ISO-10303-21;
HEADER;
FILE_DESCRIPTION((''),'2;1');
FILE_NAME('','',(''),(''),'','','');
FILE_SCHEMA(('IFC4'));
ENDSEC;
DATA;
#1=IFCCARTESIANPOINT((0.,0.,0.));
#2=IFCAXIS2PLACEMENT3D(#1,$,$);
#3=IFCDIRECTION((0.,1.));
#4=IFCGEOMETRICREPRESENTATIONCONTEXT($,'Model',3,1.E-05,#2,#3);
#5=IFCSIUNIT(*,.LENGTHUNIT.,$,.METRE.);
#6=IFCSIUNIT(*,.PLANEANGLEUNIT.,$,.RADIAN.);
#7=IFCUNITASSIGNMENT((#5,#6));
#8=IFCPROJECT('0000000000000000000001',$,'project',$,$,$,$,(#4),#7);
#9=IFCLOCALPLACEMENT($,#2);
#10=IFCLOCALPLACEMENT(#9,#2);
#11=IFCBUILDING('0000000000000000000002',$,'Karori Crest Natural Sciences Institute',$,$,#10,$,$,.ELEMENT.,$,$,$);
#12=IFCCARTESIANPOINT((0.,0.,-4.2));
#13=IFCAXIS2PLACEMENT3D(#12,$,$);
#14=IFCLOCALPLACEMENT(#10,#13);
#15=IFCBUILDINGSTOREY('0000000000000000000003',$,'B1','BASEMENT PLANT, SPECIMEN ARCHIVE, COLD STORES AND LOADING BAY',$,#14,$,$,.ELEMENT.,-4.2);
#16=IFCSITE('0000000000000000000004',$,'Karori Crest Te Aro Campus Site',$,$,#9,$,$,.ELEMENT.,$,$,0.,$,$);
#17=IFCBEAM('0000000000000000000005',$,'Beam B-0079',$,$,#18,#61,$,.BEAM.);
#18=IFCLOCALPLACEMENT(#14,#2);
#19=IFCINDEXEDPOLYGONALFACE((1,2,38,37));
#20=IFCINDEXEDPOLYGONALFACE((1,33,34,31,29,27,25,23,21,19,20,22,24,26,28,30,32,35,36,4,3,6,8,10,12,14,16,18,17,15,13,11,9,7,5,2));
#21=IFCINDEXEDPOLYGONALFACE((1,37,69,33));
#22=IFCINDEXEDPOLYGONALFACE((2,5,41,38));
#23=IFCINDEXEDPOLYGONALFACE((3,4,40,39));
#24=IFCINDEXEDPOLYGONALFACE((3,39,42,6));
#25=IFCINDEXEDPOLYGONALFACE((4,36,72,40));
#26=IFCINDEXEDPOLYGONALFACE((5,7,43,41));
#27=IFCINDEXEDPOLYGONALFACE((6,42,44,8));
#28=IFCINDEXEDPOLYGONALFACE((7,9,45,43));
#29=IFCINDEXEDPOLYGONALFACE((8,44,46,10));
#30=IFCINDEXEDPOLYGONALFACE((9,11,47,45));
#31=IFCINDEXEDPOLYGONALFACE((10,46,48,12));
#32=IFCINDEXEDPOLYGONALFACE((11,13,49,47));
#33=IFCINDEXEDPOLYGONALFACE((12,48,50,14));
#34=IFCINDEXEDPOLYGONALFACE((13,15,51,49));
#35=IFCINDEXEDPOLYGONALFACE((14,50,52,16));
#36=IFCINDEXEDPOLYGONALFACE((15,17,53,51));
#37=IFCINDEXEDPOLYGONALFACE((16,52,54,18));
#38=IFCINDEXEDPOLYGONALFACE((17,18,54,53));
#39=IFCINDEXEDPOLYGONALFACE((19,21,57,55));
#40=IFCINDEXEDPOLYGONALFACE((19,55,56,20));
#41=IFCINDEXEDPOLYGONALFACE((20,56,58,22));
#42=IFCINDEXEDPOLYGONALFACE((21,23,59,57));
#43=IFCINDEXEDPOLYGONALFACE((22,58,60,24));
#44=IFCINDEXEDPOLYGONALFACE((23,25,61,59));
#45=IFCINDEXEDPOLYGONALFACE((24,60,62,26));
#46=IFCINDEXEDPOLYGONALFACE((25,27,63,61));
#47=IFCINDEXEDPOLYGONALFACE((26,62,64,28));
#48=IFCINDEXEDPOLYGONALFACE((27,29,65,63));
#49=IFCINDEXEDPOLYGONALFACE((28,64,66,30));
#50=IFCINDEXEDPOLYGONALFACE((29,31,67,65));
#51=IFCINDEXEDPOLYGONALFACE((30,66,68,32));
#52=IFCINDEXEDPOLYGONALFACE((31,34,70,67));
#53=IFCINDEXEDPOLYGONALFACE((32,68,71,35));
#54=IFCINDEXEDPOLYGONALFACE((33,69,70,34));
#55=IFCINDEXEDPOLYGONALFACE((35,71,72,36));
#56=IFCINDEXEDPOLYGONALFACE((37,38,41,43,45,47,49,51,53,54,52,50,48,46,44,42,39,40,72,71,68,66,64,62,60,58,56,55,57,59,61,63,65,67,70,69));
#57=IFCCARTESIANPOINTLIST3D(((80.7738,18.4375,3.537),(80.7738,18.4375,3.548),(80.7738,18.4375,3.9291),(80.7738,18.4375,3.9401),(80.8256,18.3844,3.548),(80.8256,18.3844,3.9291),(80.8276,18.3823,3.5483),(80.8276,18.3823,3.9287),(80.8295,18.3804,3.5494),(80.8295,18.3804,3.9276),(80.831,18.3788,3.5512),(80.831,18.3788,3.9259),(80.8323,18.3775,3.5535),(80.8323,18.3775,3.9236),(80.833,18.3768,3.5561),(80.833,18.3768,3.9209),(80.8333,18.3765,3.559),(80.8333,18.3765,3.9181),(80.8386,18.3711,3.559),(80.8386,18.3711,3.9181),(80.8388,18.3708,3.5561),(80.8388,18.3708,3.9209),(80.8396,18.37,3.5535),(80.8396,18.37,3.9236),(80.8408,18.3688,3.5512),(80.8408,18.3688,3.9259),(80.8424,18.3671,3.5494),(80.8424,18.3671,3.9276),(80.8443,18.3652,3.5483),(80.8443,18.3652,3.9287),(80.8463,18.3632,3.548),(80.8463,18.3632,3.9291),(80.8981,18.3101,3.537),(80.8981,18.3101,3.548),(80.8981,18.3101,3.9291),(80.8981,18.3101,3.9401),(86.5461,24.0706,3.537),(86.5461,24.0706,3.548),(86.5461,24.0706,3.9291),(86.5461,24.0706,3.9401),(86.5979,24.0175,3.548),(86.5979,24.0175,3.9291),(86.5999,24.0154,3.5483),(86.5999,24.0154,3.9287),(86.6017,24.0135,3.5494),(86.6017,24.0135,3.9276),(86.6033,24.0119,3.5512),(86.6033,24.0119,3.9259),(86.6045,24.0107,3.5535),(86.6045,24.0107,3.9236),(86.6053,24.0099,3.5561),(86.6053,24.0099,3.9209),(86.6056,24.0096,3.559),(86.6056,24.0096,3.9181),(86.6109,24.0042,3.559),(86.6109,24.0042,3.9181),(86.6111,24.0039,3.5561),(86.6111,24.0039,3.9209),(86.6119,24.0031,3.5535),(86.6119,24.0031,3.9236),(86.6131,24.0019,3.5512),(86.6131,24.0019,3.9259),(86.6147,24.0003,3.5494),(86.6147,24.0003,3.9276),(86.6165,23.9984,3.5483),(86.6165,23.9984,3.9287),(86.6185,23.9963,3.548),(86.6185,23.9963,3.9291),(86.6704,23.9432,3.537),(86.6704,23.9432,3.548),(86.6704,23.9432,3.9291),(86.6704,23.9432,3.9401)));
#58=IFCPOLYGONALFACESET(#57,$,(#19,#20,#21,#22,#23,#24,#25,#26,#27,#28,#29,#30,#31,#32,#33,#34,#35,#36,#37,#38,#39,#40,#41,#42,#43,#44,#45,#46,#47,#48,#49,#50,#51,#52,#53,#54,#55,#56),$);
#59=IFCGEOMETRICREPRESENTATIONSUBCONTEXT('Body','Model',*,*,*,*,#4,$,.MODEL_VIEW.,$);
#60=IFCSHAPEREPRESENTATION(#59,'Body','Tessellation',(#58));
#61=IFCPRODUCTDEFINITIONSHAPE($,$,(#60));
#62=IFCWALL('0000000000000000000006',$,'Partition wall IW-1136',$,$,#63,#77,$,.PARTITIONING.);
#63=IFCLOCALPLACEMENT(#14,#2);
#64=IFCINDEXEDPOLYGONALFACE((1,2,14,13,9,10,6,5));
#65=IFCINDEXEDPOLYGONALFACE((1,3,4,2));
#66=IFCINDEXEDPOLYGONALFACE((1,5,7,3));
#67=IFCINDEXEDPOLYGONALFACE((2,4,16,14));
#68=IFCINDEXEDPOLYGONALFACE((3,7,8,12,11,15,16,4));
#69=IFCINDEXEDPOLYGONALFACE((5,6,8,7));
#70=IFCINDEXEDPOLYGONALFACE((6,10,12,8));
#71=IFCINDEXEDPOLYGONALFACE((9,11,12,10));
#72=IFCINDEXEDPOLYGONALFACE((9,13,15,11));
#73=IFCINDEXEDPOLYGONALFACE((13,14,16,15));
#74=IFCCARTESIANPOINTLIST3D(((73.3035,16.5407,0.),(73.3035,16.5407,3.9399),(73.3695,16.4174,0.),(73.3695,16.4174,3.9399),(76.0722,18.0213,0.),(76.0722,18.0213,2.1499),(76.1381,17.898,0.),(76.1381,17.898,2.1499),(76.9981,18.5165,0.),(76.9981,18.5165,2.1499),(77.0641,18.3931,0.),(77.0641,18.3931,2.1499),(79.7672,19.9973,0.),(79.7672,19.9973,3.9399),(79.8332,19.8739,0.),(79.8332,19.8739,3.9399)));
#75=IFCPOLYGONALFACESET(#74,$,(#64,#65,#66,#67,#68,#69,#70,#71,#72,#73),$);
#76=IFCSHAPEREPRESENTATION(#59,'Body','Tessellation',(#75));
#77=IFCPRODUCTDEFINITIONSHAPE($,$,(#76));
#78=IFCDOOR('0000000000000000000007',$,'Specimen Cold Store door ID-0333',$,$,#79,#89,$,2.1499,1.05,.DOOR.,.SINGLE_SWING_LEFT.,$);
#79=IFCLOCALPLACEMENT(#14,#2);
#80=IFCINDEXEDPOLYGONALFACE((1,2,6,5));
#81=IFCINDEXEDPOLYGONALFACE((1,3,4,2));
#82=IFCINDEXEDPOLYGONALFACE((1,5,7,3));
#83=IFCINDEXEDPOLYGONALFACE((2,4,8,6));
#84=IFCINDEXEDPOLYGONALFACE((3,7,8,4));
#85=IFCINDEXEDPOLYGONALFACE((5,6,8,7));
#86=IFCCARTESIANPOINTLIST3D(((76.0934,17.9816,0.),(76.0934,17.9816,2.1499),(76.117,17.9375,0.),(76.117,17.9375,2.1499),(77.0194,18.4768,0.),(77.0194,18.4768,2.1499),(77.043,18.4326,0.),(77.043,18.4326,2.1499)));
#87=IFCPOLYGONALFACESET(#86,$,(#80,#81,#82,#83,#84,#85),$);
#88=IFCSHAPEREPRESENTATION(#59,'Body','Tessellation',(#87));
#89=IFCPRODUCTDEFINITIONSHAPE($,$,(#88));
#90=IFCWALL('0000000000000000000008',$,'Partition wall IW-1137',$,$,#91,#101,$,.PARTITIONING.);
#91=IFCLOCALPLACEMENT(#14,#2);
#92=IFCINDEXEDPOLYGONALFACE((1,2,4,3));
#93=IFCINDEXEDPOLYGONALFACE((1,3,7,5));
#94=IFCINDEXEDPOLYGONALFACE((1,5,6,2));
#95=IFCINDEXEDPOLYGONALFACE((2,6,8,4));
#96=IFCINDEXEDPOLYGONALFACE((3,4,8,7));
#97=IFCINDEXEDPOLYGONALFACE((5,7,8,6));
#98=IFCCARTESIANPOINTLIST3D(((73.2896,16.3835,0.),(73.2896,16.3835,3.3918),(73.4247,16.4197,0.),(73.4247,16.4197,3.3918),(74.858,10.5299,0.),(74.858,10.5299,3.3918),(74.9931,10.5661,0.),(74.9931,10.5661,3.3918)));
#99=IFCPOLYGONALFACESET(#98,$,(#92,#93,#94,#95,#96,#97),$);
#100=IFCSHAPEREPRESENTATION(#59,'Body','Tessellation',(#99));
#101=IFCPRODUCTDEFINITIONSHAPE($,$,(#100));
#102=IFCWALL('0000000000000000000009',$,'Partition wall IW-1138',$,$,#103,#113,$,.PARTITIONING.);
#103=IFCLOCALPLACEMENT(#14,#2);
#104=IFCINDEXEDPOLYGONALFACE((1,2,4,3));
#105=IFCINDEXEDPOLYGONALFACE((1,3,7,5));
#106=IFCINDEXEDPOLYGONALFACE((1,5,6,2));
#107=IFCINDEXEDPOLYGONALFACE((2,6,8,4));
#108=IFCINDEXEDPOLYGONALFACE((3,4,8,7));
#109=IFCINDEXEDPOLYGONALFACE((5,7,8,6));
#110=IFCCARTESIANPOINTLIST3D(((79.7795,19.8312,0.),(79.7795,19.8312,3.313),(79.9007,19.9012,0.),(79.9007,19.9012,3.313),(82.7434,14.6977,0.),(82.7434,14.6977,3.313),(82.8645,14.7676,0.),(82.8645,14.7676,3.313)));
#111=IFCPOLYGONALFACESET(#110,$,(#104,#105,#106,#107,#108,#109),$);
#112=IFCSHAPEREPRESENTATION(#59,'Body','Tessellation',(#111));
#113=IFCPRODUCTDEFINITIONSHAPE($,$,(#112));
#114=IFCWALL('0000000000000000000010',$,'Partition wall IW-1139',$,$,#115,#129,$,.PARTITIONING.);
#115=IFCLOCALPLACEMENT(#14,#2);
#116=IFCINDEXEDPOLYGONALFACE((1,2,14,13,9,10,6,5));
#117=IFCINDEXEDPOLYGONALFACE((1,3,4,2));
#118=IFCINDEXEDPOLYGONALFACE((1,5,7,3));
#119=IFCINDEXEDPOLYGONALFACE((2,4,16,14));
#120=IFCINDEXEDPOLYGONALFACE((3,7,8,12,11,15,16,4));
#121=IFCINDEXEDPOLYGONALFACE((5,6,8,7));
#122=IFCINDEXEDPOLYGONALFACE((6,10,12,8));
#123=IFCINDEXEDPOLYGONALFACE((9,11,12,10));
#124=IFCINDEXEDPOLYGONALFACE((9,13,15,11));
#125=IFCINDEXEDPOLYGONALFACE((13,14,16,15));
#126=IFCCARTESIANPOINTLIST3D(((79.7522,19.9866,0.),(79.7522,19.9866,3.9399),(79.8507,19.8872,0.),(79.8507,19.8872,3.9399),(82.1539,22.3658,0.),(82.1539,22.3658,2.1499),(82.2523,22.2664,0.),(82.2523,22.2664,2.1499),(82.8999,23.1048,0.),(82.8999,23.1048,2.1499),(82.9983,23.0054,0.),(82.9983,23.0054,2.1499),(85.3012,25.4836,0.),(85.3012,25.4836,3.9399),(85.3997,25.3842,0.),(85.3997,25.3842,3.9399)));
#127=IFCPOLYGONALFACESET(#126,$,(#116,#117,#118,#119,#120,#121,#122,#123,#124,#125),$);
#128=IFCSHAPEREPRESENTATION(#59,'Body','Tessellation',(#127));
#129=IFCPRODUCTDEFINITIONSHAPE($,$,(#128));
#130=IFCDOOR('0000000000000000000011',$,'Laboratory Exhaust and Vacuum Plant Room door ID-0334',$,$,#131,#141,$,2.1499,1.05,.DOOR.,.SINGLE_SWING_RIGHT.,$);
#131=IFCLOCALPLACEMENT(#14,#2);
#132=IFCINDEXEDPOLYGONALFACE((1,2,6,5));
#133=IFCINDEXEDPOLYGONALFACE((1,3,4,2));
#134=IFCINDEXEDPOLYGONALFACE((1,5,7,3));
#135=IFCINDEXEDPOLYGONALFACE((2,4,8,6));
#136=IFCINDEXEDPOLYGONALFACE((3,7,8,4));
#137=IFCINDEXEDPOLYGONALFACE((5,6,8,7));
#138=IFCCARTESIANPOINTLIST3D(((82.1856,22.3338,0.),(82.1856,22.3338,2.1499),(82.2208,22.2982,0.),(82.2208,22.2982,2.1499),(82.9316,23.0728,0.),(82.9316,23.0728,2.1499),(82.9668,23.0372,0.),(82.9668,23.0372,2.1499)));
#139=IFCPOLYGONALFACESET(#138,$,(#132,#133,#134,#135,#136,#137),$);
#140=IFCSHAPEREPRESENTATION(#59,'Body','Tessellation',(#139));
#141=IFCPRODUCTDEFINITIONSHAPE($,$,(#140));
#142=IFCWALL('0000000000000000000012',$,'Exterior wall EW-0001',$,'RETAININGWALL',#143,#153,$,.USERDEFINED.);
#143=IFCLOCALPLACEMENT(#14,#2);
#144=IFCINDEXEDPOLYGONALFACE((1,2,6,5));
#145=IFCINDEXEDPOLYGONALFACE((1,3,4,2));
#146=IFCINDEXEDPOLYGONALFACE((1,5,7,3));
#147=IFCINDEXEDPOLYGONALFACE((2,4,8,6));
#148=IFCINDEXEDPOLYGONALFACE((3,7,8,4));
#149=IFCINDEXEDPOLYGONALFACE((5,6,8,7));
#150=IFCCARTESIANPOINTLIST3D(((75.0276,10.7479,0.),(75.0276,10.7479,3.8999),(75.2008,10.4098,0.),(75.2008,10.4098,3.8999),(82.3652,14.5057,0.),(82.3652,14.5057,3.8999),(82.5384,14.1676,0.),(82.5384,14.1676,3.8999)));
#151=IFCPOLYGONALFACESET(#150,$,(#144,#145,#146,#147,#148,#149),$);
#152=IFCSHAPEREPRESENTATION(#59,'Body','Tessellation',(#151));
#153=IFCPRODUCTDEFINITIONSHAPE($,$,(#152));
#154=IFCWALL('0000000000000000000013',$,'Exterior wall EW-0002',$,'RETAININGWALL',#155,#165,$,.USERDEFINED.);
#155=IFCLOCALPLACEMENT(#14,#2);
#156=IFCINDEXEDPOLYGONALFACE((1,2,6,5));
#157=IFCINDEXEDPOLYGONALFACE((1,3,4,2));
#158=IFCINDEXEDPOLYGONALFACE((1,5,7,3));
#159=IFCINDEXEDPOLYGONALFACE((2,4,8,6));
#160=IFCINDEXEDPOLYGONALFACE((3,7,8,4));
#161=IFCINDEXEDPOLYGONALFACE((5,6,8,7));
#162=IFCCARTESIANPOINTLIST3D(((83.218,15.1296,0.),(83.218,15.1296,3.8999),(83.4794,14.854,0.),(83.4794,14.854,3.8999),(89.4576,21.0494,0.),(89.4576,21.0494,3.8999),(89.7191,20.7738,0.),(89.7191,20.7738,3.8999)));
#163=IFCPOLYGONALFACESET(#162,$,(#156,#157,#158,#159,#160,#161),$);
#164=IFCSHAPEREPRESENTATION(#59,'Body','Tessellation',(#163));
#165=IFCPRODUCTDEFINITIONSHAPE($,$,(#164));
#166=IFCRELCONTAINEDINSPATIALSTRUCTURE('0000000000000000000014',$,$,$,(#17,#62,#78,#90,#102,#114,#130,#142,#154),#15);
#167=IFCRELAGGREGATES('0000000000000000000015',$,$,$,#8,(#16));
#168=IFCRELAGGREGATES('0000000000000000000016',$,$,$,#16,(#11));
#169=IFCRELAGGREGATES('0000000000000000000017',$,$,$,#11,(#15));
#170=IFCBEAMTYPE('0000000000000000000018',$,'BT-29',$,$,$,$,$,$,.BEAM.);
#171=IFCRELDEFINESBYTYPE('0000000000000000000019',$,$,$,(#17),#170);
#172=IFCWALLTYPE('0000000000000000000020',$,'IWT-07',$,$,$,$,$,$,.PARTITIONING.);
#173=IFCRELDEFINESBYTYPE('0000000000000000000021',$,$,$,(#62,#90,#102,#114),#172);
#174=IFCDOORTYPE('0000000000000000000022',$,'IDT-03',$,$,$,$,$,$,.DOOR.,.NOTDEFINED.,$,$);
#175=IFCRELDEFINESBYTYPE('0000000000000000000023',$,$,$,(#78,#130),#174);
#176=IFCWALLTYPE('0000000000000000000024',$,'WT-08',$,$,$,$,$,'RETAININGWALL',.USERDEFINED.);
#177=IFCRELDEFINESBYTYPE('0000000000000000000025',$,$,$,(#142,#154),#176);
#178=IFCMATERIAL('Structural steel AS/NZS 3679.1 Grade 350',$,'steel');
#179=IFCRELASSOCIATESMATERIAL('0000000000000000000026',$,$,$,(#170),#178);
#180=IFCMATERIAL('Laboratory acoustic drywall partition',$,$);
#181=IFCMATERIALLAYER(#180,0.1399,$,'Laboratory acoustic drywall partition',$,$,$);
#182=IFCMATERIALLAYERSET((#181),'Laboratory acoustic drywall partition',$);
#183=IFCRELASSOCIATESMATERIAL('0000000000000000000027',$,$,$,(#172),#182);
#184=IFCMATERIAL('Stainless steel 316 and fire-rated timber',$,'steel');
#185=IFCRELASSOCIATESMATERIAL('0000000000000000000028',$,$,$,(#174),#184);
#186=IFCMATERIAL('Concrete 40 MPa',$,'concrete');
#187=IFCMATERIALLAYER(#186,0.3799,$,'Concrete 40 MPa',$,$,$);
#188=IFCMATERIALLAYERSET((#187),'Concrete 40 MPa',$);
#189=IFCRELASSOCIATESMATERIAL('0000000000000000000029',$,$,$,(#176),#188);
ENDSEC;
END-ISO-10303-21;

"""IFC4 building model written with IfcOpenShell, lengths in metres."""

from ifc_helpers import new_model, si_unit, direction, frame, frame_2d, origin, origin_2d, place, context, subcontext, project, spatial, rectangle, i_section, extrude, material, layer, layer_set, material_profile, profile_set, type_object, element, fill, save


model = new_model("IFC4")

# Units and contexts
model_context = context("Model", 3, precision=1e-05, world=origin(), true_north=direction((0.0, 1.0)))
body_context = subcontext(model_context, "Body", "Model", "MODEL_VIEW")
ifc_project = project(units=[si_unit("LENGTHUNIT", "METRE"), si_unit("PLANEANGLEUNIT", "RADIAN")], contexts=[model_context])

# Site, building, storey
site_placement = place(None, origin())
site = spatial("IfcSite", under=ifc_project, at=site_placement, Name="Karori Crest Te Aro Campus Site", CompositionType="ELEMENT", RefElevation=0.0)
building_placement = place(site_placement, origin())
building = spatial("IfcBuilding", under=site, at=building_placement, Name="Karori Crest Natural Sciences Institute", CompositionType="ELEMENT")
storey_placement = place(building_placement, frame((0.0, 0.0, -4.2)))
storey = spatial("IfcBuildingStorey", under=building, at=storey_placement, Name="B1", Description="BASEMENT PLANT, SPECIMEN ARCHIVE, COLD STORES AND LOADING BAY", CompositionType="ELEMENT", Elevation=-4.2)

# Shared definitions
ifc_material_1 = material(Name="Concrete 40 MPa", Category="concrete")

# Shared definitions
ifc_material_2 = material(Name="Structural steel AS/NZS 3679.1 Grade 350", Category="steel")

# Beam
ifc_material_profile_1 = material_profile(ifc_material_2, i_section(OverallWidth=0.178, OverallDepth=0.4031, WebThickness=0.0076, FlangeThickness=0.011, FilletRadius=0.011, at=origin_2d()), Name="410UB53.7")
ifc_profile_set_1 = profile_set([ifc_material_profile_1], Name="Structural steel AS/NZS 3679.1 Grade 350")
beam_type_1 = type_object("IfcBeamType", Name="BT-29", PredefinedType="BEAM", material=ifc_profile_set_1)
beam_1_placement = place(storey_placement, frame((80.8359, 18.3738, 3.7385), z_axis=(0.715681, 0.698427, 0.0), x_axis=(-0.698427, 0.715681, 0.0)))
element("IfcBeam", 1, at=beam_1_placement, inside=storey, type_object=beam_type_1, Name="Beam B-0079", PredefinedType="BEAM", context=body_context, shape_type="SweptSolid", body=[
    extrude(i_section(OverallWidth=0.178, OverallDepth=0.4031, WebThickness=0.0076, FlangeThickness=0.011, FilletRadius=0.011, at=origin_2d()), origin(), (0.0, 0.0, 1.0), 8.0654),
])

# Wall, opening, door
ifc_material_3 = material(Name="Laboratory acoustic drywall partition")
ifc_layer_1 = layer(ifc_material_3, 0.1399, Name="Laboratory acoustic drywall partition")
ifc_layer_set_1 = layer_set([ifc_layer_1], Name="Laboratory acoustic drywall partition")
wall_type_1 = type_object("IfcWallType", Name="IWT-07", PredefinedType="PARTITIONING", material=ifc_layer_set_1)
wall_1_placement = place(storey_placement, frame((73.3364, 16.479, 0.0), z_axis=(0.0, 0.0, 1.0), x_axis=(0.881827, 0.471573, 0.0)))
wall_1 = element("IfcWall", 2, at=wall_1_placement, inside=storey, type_object=wall_type_1, Name="Partition wall IW-1136", PredefinedType="PARTITIONING", context=body_context, shape_type="SweptSolid", body=[
    extrude(rectangle(XDim=7.3298, YDim=0.1399, at=frame_2d((3.665, 0.0))), origin(), (0.0, 0.0, 1.0), 3.9399),
])
opening_1_placement = place(wall_1_placement, frame((3.1399, 0.0, 0.0)))
opening_1 = element("IfcOpeningElement", 3, at=opening_1_placement, cuts=wall_1, PredefinedType="OPENING", context=body_context, shape_type="SweptSolid", body=[
    extrude(rectangle(XDim=1.05, YDim=2.1499, at=frame_2d((0.5249, 1.075))), frame((0.0, 0.0801, 0.0), z_axis=(0.0, -1.0, 0.0), x_axis=(1.0, 0.0, 0.0)), (0.0, 0.0, 1.0), 0.1599),
])
ifc_material_4 = material(Name="Stainless steel 316 and fire-rated timber", Category="steel")
door_type = type_object("IfcDoorType", Name="IDT-03", OperationType="NOTDEFINED", PredefinedType="DOOR", material=ifc_material_4)
door_1_placement = place(opening_1_placement, origin())
door_1 = element("IfcDoor", 4, at=door_1_placement, inside=storey, type_object=door_type, Name="Specimen Cold Store door ID-0333", OperationType="SINGLE_SWING_LEFT", OverallHeight=2.1499, OverallWidth=1.05, PredefinedType="DOOR", context=body_context, shape_type="SweptSolid", body=[
    extrude(rectangle(XDim=1.05, YDim=2.1499, at=frame_2d((0.5249, 1.075))), frame((0.0, 0.0249, 0.0), z_axis=(0.0, -1.0, 0.0), x_axis=(1.0, 0.0, 0.0)), (0.0, 0.0, 1.0), 0.05),
])
fill(opening_1, door_1)

# Walls
wall_2_placement = place(storey_placement, frame((73.3572, 16.4016, 0.0), z_axis=(0.0, 0.0, 1.0), x_axis=(0.258806, -0.965929, 0.0)))
element("IfcWall", 5, at=wall_2_placement, inside=storey, type_object=wall_type_1, Name="Partition wall IW-1137", PredefinedType="PARTITIONING", context=body_context, shape_type="SweptSolid", body=[
    extrude(rectangle(XDim=6.0601, YDim=0.1399, at=frame_2d((3.03, 0.0))), origin(), (0.0, 0.0, 1.0), 3.3918),
])
wall_3_placement = place(storey_placement, frame((79.8401, 19.8662, 0.0), z_axis=(0.0, 0.0, 1.0), x_axis=(0.500002, -0.866024, 0.0)))
element("IfcWall", 6, at=wall_3_placement, inside=storey, type_object=wall_type_1, Name="Partition wall IW-1138", PredefinedType="PARTITIONING", context=body_context, shape_type="SweptSolid", body=[
    extrude(rectangle(XDim=5.9277, YDim=0.1399, at=frame_2d((2.9639, 0.0))), origin(), (0.0, 0.0, 1.0), 3.313),
])

# Wall, opening, door
wall_4_placement = place(storey_placement, frame((79.8015, 19.937, 0.0), z_axis=(0.0, 0.0, 1.0), x_axis=(0.710428, 0.70377, 0.0)))
wall_4 = element("IfcWall", 7, at=wall_4_placement, inside=storey, type_object=wall_type_1, Name="Partition wall IW-1139", PredefinedType="PARTITIONING", context=body_context, shape_type="SweptSolid", body=[
    extrude(rectangle(XDim=7.8108, YDim=0.1399, at=frame_2d((3.9053, 0.0))), origin(), (0.0, 0.0, 1.0), 3.9399),
])
opening_2_placement = place(wall_4_placement, frame((3.3806, 0.0, 0.0)))
opening_2 = element("IfcOpeningElement", 8, at=opening_2_placement, cuts=wall_4, PredefinedType="OPENING", context=body_context, shape_type="SweptSolid", body=[
    extrude(rectangle(XDim=1.05, YDim=2.1499, at=frame_2d((0.5249, 1.075))), frame((0.0, 0.0801, 0.0), z_axis=(0.0, -1.0, 0.0), x_axis=(1.0, 0.0, 0.0)), (0.0, 0.0, 1.0), 0.1599),
])
door_2_placement = place(opening_2_placement, origin())
door_2 = element("IfcDoor", 9, at=door_2_placement, inside=storey, type_object=door_type, Name="Laboratory Exhaust and Vacuum Plant Room door ID-0334", OperationType="SINGLE_SWING_RIGHT", OverallHeight=2.1499, OverallWidth=1.05, PredefinedType="DOOR", context=body_context, shape_type="SweptSolid", body=[
    extrude(rectangle(XDim=1.05, YDim=2.1499, at=frame_2d((0.5249, 1.075))), frame((0.0, 0.0249, 0.0), z_axis=(0.0, -1.0, 0.0), x_axis=(1.0, 0.0, 0.0)), (0.0, 0.0, 1.0), 0.05),
])
fill(opening_2, door_2)

# Walls
ifc_layer_2 = layer(ifc_material_1, 0.3799, Name="Concrete 40 MPa")
ifc_layer_set_2 = layer_set([ifc_layer_2], Name="Concrete 40 MPa")
wall_type_2 = type_object("IfcWallType", Name="WT-08", ElementType="RETAININGWALL", PredefinedType="USERDEFINED", material=ifc_layer_set_2)
wall_5_placement = place(storey_placement, frame((82.4519, 14.3367, 0.0), z_axis=(0.0, 0.0, 1.0), x_axis=(-0.890068, -0.455828, 0.0)))
element("IfcWall", 10, at=wall_5_placement, inside=storey, type_object=wall_type_2, Name="Exterior wall EW-0001", ObjectType="RETAININGWALL", PredefinedType="USERDEFINED", context=body_context, shape_type="SweptSolid", body=[
    extrude(rectangle(XDim=8.2439, YDim=0.3799, at=frame_2d((4.1221, 0.0))), origin(), (0.0, 0.0, 1.0), 3.8999),
])
wall_6_placement = place(storey_placement, frame((89.5884, 20.9116, 0.0), z_axis=(0.0, 0.0, 1.0), x_axis=(-0.725454, -0.68827, 0.0)))
element("IfcWall", 11, at=wall_6_placement, inside=storey, type_object=wall_type_2, Name="Exterior wall EW-0002", ObjectType="RETAININGWALL", PredefinedType="USERDEFINED", context=body_context, shape_type="SweptSolid", body=[
    extrude(rectangle(XDim=8.6011, YDim=0.3799, at=frame_2d((4.3005, 0.0))), origin(), (0.0, 0.0, 1.0), 3.8999),
])

save(model, "model.ifc")
